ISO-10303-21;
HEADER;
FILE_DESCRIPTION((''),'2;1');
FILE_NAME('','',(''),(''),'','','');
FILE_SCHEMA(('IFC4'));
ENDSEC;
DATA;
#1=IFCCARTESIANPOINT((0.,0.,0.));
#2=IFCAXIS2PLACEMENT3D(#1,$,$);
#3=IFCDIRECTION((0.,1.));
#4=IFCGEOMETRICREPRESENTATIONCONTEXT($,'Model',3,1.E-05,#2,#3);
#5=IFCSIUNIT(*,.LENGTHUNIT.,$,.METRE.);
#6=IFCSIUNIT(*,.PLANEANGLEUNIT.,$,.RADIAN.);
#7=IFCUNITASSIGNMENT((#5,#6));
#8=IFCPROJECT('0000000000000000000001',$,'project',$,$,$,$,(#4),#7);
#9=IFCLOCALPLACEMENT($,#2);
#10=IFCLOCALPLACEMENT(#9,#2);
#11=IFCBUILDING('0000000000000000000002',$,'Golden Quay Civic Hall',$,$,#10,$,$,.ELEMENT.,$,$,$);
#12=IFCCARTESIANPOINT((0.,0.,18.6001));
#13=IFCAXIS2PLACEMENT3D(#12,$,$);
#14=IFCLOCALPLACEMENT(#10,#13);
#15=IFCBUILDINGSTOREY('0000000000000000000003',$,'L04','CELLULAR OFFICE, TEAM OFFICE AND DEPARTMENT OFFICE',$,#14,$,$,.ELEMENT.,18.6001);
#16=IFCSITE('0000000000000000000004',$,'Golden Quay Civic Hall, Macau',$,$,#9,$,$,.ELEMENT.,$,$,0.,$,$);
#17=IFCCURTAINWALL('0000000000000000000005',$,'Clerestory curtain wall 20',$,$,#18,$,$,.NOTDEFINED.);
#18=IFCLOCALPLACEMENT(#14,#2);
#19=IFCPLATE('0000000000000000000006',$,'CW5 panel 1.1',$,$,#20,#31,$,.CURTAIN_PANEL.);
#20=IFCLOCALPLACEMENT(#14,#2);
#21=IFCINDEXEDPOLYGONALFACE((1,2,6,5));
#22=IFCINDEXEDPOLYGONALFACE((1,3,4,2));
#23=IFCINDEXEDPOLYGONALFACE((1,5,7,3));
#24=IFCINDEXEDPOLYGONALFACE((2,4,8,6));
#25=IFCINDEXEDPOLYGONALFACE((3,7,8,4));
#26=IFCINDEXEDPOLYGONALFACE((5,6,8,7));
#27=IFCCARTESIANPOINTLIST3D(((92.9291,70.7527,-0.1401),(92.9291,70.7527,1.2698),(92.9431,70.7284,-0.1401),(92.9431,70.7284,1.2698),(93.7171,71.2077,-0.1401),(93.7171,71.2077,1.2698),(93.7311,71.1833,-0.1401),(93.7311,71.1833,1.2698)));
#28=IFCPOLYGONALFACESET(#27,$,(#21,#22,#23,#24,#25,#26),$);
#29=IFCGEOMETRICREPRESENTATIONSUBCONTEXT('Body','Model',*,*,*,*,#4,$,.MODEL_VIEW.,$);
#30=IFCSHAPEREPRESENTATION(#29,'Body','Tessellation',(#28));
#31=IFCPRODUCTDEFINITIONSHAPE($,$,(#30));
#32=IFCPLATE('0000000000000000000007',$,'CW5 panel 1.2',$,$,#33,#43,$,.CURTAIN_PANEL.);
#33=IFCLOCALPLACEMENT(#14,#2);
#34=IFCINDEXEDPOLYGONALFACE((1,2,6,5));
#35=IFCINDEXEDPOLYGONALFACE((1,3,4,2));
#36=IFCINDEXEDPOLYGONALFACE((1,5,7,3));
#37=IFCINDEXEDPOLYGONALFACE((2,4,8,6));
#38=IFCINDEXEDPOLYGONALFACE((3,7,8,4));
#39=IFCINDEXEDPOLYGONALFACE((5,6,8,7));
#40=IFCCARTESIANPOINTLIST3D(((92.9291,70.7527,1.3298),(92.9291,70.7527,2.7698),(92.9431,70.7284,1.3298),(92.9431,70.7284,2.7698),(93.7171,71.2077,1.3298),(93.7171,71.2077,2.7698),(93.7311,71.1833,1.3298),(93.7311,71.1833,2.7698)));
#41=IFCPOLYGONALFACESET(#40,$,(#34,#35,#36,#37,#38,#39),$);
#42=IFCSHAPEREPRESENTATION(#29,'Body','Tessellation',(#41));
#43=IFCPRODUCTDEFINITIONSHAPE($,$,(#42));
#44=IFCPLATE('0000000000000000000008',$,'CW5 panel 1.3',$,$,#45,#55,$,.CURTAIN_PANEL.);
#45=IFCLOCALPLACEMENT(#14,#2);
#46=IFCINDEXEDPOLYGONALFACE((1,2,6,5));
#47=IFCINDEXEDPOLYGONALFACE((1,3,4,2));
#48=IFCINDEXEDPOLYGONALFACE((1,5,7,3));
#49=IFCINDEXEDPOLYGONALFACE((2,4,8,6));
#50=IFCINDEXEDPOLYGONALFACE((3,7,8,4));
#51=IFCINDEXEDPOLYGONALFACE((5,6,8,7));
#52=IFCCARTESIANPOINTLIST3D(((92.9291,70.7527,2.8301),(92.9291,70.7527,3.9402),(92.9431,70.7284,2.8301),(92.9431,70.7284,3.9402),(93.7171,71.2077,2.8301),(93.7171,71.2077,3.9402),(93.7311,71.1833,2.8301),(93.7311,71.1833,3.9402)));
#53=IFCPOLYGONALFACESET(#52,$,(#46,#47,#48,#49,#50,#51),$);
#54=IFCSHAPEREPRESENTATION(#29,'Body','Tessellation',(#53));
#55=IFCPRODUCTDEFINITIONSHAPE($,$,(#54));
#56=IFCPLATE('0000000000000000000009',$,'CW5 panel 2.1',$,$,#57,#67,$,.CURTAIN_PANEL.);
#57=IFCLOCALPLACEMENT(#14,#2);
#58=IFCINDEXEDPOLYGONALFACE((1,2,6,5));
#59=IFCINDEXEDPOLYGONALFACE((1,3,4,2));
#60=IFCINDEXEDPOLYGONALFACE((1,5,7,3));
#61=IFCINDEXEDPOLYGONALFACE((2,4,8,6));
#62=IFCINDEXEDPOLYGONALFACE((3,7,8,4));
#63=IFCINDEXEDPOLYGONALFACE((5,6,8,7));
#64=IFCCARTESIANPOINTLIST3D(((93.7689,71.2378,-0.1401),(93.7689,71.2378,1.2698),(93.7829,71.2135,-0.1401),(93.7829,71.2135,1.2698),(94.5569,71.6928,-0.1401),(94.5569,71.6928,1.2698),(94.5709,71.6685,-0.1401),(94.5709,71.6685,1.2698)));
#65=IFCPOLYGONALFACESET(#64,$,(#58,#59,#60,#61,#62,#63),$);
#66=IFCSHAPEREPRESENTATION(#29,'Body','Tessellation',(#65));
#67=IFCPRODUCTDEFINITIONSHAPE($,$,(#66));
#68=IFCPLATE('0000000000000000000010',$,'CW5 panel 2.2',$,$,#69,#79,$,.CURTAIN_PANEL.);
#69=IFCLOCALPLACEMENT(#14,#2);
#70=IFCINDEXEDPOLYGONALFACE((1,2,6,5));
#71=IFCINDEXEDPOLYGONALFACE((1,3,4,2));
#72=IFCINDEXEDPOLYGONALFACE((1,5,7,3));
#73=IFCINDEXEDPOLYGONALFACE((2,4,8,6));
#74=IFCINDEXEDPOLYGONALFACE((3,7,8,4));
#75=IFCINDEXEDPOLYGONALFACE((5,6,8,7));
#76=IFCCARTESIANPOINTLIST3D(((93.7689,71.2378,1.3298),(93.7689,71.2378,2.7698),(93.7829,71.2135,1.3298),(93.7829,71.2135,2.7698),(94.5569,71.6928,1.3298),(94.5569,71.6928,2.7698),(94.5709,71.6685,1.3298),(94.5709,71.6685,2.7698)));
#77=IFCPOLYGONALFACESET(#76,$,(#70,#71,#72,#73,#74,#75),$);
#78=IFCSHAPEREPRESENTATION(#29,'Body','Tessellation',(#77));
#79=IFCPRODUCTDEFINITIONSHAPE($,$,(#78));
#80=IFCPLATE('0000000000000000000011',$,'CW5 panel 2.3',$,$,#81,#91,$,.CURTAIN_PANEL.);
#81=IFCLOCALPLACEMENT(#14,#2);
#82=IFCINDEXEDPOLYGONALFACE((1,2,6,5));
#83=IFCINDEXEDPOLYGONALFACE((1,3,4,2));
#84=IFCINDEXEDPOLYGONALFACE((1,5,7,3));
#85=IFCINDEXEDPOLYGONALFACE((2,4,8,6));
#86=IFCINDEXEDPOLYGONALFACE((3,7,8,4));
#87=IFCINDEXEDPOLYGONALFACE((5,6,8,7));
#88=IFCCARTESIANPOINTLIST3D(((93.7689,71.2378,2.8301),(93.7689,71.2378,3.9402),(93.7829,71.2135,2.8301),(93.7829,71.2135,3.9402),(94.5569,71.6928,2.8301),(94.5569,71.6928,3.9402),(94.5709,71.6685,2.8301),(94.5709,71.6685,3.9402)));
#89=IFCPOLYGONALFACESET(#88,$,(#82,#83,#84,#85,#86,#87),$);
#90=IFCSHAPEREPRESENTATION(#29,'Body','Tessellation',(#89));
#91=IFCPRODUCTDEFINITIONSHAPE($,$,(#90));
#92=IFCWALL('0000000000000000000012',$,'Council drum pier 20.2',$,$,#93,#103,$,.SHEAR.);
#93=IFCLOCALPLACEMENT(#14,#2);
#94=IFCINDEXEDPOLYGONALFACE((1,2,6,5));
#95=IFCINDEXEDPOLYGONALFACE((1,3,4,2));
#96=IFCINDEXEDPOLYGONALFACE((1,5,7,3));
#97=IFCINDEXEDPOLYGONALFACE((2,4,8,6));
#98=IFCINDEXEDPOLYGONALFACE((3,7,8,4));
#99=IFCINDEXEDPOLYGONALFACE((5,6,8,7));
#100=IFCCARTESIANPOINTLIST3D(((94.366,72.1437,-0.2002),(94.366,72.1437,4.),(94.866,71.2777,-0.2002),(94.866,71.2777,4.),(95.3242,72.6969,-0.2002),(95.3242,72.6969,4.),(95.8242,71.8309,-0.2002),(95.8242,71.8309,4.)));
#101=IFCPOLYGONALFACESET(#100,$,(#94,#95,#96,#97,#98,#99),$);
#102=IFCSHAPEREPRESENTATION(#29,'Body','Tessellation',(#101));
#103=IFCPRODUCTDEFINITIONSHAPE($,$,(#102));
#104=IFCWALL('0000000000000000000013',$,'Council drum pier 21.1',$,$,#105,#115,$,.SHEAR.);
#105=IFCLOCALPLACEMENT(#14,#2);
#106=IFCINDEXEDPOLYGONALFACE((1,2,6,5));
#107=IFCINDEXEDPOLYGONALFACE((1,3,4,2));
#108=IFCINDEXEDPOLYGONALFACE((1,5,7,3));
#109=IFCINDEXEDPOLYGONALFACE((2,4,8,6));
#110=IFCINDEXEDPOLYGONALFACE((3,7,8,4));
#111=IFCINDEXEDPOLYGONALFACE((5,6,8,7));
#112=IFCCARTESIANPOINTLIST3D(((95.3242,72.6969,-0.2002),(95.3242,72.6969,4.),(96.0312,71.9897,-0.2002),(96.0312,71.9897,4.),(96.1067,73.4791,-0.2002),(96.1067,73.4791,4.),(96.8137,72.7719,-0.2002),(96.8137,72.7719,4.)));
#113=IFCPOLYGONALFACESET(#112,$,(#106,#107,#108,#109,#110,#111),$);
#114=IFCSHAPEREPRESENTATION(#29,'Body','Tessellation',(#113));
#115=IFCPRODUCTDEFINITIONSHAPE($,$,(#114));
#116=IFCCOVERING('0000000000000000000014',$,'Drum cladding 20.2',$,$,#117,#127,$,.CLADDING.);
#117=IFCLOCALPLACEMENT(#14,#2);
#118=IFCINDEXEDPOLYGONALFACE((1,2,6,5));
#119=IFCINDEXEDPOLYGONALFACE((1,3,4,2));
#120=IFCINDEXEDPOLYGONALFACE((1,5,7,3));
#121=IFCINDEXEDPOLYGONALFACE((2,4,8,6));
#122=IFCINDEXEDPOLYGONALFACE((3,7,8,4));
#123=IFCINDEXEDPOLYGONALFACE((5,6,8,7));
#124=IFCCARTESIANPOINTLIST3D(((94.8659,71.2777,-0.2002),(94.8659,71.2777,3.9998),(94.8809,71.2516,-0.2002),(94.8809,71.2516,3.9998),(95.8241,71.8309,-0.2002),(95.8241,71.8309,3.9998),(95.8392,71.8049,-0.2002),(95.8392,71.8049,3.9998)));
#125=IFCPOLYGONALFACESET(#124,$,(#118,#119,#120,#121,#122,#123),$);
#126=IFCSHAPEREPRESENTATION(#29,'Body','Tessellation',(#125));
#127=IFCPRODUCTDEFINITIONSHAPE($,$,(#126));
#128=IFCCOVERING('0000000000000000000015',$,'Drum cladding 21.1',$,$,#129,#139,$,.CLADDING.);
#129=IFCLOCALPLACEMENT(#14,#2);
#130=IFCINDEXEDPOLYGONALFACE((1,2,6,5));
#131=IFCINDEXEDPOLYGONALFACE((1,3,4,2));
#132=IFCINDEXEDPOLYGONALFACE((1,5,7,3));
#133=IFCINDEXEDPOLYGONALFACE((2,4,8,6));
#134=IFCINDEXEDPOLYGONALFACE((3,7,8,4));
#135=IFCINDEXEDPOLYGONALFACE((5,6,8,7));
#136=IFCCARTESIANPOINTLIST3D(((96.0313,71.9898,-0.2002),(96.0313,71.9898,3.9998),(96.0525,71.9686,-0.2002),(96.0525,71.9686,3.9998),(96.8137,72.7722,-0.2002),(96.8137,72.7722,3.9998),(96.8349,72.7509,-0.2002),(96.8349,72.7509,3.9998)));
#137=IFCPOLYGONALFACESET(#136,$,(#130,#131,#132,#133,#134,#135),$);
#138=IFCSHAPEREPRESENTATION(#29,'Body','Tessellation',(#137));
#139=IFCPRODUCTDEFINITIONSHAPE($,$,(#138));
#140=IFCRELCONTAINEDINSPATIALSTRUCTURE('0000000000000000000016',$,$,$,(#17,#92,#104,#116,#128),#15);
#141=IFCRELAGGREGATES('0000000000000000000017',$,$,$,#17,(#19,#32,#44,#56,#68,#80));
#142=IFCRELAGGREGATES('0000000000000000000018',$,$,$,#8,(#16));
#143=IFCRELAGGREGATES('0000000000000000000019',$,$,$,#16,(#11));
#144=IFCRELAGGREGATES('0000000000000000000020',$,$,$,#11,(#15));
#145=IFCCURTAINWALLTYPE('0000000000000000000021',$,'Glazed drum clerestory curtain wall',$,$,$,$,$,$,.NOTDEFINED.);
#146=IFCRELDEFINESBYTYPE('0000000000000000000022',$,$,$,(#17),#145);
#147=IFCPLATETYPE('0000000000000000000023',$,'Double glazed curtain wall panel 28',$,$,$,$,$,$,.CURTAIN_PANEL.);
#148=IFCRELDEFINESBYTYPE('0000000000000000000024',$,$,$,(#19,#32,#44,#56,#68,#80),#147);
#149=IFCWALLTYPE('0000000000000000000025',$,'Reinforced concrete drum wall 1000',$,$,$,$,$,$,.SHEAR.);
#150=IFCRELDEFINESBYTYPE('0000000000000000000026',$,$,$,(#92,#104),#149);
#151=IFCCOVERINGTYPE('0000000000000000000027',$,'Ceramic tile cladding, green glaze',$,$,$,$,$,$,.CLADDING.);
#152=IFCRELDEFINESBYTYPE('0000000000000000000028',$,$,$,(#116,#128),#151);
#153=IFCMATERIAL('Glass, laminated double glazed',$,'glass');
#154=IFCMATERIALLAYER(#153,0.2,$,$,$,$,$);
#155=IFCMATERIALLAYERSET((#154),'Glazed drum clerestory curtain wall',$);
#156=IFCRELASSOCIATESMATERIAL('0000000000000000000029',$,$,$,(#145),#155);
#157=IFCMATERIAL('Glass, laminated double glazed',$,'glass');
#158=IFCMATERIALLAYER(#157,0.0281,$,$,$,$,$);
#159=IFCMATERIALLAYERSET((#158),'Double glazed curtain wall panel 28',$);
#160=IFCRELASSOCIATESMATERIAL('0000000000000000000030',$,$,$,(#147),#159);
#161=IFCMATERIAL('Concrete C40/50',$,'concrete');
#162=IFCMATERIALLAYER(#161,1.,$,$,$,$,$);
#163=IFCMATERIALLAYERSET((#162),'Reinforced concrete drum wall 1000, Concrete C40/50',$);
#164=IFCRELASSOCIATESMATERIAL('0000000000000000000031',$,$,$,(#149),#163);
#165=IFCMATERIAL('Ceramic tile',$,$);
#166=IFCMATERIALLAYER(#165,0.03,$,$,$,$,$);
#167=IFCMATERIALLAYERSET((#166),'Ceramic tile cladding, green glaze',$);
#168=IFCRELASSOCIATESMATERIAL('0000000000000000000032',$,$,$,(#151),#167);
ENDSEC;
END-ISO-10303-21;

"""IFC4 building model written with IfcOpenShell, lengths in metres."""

from ifc_helpers import new_model, si_unit, direction, frame, frame_2d, origin, origin_2d, place, context, subcontext, project, spatial, rectangle, extrude, material, layer, layer_set, type_object, element, aggregate, save


model = new_model("IFC4")

# Units and contexts
model_context = context("Model", 3, precision=1e-05, world=origin(), true_north=direction((0.0, 1.0)))
body_context = subcontext(model_context, "Body", "Model", "MODEL_VIEW")
ifc_project = project(units=[si_unit("LENGTHUNIT", "METRE"), si_unit("PLANEANGLEUNIT", "RADIAN")], contexts=[model_context])

# Site, building, storey
site_placement = place(None, origin())
site = spatial("IfcSite", under=ifc_project, at=site_placement, Name="Golden Quay Civic Hall, Macau", CompositionType="ELEMENT", RefElevation=0.0)
building_placement = place(site_placement, origin())
building = spatial("IfcBuilding", under=site, at=building_placement, Name="Golden Quay Civic Hall", CompositionType="ELEMENT")
storey_placement = place(building_placement, frame((0.0, 0.0, 18.6001)))
storey = spatial("IfcBuildingStorey", under=building, at=storey_placement, Name="L04", Description="CELLULAR OFFICE, TEAM OFFICE AND DEPARTMENT OFFICE", CompositionType="ELEMENT", Elevation=18.6001)

# Curtain wall
ifc_material_1 = material(Name="Glass, laminated double glazed", Category="glass")
ifc_layer_1 = layer(ifc_material_1, 0.2)
ifc_layer_set_1 = layer_set([ifc_layer_1], Name="Glazed drum clerestory curtain wall")
curtain_wall_type = type_object("IfcCurtainWallType", Name="Glazed drum clerestory curtain wall", PredefinedType="NOTDEFINED", material=ifc_layer_set_1)
curtain_wall_1_placement = place(storey_placement, origin())
curtain_wall_1 = element("IfcCurtainWall", 1, at=curtain_wall_1_placement, inside=storey, type_object=curtain_wall_type, Name="Clerestory curtain wall 20", PredefinedType="NOTDEFINED")

# Plates
ifc_material_2 = material(Name="Glass, laminated double glazed", Category="glass")
ifc_layer_2 = layer(ifc_material_2, 0.0281)
ifc_layer_set_2 = layer_set([ifc_layer_2], Name="Double glazed curtain wall panel 28")
plate_type = type_object("IfcPlateType", Name="Double glazed curtain wall panel 28", PredefinedType="CURTAIN_PANEL", material=ifc_layer_set_2)
plate_1_placement = place(storey_placement, frame((93.3301, 70.968, -0.1401), z_axis=(0.0, 0.0, 1.0), x_axis=(0.866019, 0.500011, 0.0)))
plate_1 = element("IfcPlate", 2, at=plate_1_placement, type_object=plate_type, Name="CW5 panel 1.1", PredefinedType="CURTAIN_PANEL", context=body_context, shape_type="SweptSolid", body=[
    extrude(rectangle(XDim=0.9099, YDim=0.0281, at=origin_2d()), origin(), (0.0, 0.0, 1.0), 1.4099),
])
plate_2_placement = place(storey_placement, frame((93.3301, 70.968, 1.3298), z_axis=(0.0, 0.0, 1.0), x_axis=(0.866019, 0.500011, 0.0)))
plate_2 = element("IfcPlate", 3, at=plate_2_placement, type_object=plate_type, Name="CW5 panel 1.2", PredefinedType="CURTAIN_PANEL", context=body_context, shape_type="SweptSolid", body=[
    extrude(rectangle(XDim=0.9099, YDim=0.0281, at=origin_2d()), origin(), (0.0, 0.0, 1.0), 1.4399),
])
plate_3_placement = place(storey_placement, frame((93.3301, 70.968, 2.8301), z_axis=(0.0, 0.0, 1.0), x_axis=(0.866019, 0.500011, 0.0)))
plate_3 = element("IfcPlate", 4, at=plate_3_placement, type_object=plate_type, Name="CW5 panel 1.3", PredefinedType="CURTAIN_PANEL", context=body_context, shape_type="SweptSolid", body=[
    extrude(rectangle(XDim=0.9099, YDim=0.0281, at=origin_2d()), origin(), (0.0, 0.0, 1.0), 1.1101),
])
plate_4_placement = place(storey_placement, frame((94.1699, 71.4531, -0.1401), z_axis=(0.0, 0.0, 1.0), x_axis=(0.866019, 0.500011, 0.0)))
plate_4 = element("IfcPlate", 5, at=plate_4_placement, type_object=plate_type, Name="CW5 panel 2.1", PredefinedType="CURTAIN_PANEL", context=body_context, shape_type="SweptSolid", body=[
    extrude(rectangle(XDim=0.9099, YDim=0.0281, at=origin_2d()), origin(), (0.0, 0.0, 1.0), 1.4099),
])
plate_5_placement = place(storey_placement, frame((94.1699, 71.4531, 1.3298), z_axis=(0.0, 0.0, 1.0), x_axis=(0.866019, 0.500011, 0.0)))
plate_5 = element("IfcPlate", 6, at=plate_5_placement, type_object=plate_type, Name="CW5 panel 2.2", PredefinedType="CURTAIN_PANEL", context=body_context, shape_type="SweptSolid", body=[
    extrude(rectangle(XDim=0.9099, YDim=0.0281, at=origin_2d()), origin(), (0.0, 0.0, 1.0), 1.4399),
])
plate_6_placement = place(storey_placement, frame((94.1699, 71.4531, 2.8301), z_axis=(0.0, 0.0, 1.0), x_axis=(0.866019, 0.500011, 0.0)))
plate_6 = element("IfcPlate", 7, at=plate_6_placement, type_object=plate_type, Name="CW5 panel 2.3", PredefinedType="CURTAIN_PANEL", context=body_context, shape_type="SweptSolid", body=[
    extrude(rectangle(XDim=0.9099, YDim=0.0281, at=origin_2d()), origin(), (0.0, 0.0, 1.0), 1.1101),
])
aggregate(curtain_wall_1, [plate_1, plate_2, plate_3, plate_4, plate_5, plate_6])

# Walls
ifc_material_3 = material(Name="Concrete C40/50", Category="concrete")
ifc_layer_3 = layer(ifc_material_3, 1.0)
ifc_layer_set_3 = layer_set([ifc_layer_3], Name="Reinforced concrete drum wall 1000, Concrete C40/50")
wall_type = type_object("IfcWallType", Name="Reinforced concrete drum wall 1000", PredefinedType="SHEAR", material=ifc_layer_set_3)
for number, where, z_axis, x_axis, name in (
    (8, (94.616, 71.7107, -0.2002), (0.0, 0.0, 1.0), (0.866035, 0.499983, 0.0), "Council drum pier 20.2"),
    (9, (95.6777, 72.3433, -0.2002), (0.0, 0.0, 1.0), (0.707217, 0.706996, 0.0), "Council drum pier 21.1"),
):
    element("IfcWall", number, at=place(storey_placement, frame(where, z_axis=z_axis, x_axis=x_axis)), inside=storey, type_object=wall_type, Name=name, PredefinedType="SHEAR", context=body_context, shape_type="SweptSolid", body=[
        extrude(rectangle(XDim=1.1064, YDim=1.0, at=frame_2d((0.5532, 0.0))), origin(), (0.0, 0.0, 1.0), 4.2002),
    ])

# Coverings
ifc_material_4 = material(Name="Ceramic tile")
ifc_layer_4 = layer(ifc_material_4, 0.03)
ifc_layer_set_4 = layer_set([ifc_layer_4], Name="Ceramic tile cladding, green glaze")
covering_type = type_object("IfcCoveringType", Name="Ceramic tile cladding, green glaze", PredefinedType="CLADDING", material=ifc_layer_set_4)
for number, where, z_axis, x_axis, name in (
    (10, (95.3525, 71.5413, -0.2002), (0.0, 0.0, 1.0), (0.866025, 0.5, 0.0), "Drum cladding 20.2"),
    (11, (96.4331, 72.3704, -0.2002), (0.0, 0.0, 1.0), (0.707107, 0.707107, 0.0), "Drum cladding 21.1"),
):
    element("IfcCovering", number, at=place(storey_placement, frame(where, z_axis=z_axis, x_axis=x_axis)), inside=storey, type_object=covering_type, Name=name, PredefinedType="CLADDING", context=body_context, shape_type="SweptSolid", body=[
        extrude(rectangle(XDim=1.1064, YDim=0.03, at=origin_2d()), origin(), (0.0, 0.0, 1.0), 4.2),
    ])

save(model, "model.ifc")
